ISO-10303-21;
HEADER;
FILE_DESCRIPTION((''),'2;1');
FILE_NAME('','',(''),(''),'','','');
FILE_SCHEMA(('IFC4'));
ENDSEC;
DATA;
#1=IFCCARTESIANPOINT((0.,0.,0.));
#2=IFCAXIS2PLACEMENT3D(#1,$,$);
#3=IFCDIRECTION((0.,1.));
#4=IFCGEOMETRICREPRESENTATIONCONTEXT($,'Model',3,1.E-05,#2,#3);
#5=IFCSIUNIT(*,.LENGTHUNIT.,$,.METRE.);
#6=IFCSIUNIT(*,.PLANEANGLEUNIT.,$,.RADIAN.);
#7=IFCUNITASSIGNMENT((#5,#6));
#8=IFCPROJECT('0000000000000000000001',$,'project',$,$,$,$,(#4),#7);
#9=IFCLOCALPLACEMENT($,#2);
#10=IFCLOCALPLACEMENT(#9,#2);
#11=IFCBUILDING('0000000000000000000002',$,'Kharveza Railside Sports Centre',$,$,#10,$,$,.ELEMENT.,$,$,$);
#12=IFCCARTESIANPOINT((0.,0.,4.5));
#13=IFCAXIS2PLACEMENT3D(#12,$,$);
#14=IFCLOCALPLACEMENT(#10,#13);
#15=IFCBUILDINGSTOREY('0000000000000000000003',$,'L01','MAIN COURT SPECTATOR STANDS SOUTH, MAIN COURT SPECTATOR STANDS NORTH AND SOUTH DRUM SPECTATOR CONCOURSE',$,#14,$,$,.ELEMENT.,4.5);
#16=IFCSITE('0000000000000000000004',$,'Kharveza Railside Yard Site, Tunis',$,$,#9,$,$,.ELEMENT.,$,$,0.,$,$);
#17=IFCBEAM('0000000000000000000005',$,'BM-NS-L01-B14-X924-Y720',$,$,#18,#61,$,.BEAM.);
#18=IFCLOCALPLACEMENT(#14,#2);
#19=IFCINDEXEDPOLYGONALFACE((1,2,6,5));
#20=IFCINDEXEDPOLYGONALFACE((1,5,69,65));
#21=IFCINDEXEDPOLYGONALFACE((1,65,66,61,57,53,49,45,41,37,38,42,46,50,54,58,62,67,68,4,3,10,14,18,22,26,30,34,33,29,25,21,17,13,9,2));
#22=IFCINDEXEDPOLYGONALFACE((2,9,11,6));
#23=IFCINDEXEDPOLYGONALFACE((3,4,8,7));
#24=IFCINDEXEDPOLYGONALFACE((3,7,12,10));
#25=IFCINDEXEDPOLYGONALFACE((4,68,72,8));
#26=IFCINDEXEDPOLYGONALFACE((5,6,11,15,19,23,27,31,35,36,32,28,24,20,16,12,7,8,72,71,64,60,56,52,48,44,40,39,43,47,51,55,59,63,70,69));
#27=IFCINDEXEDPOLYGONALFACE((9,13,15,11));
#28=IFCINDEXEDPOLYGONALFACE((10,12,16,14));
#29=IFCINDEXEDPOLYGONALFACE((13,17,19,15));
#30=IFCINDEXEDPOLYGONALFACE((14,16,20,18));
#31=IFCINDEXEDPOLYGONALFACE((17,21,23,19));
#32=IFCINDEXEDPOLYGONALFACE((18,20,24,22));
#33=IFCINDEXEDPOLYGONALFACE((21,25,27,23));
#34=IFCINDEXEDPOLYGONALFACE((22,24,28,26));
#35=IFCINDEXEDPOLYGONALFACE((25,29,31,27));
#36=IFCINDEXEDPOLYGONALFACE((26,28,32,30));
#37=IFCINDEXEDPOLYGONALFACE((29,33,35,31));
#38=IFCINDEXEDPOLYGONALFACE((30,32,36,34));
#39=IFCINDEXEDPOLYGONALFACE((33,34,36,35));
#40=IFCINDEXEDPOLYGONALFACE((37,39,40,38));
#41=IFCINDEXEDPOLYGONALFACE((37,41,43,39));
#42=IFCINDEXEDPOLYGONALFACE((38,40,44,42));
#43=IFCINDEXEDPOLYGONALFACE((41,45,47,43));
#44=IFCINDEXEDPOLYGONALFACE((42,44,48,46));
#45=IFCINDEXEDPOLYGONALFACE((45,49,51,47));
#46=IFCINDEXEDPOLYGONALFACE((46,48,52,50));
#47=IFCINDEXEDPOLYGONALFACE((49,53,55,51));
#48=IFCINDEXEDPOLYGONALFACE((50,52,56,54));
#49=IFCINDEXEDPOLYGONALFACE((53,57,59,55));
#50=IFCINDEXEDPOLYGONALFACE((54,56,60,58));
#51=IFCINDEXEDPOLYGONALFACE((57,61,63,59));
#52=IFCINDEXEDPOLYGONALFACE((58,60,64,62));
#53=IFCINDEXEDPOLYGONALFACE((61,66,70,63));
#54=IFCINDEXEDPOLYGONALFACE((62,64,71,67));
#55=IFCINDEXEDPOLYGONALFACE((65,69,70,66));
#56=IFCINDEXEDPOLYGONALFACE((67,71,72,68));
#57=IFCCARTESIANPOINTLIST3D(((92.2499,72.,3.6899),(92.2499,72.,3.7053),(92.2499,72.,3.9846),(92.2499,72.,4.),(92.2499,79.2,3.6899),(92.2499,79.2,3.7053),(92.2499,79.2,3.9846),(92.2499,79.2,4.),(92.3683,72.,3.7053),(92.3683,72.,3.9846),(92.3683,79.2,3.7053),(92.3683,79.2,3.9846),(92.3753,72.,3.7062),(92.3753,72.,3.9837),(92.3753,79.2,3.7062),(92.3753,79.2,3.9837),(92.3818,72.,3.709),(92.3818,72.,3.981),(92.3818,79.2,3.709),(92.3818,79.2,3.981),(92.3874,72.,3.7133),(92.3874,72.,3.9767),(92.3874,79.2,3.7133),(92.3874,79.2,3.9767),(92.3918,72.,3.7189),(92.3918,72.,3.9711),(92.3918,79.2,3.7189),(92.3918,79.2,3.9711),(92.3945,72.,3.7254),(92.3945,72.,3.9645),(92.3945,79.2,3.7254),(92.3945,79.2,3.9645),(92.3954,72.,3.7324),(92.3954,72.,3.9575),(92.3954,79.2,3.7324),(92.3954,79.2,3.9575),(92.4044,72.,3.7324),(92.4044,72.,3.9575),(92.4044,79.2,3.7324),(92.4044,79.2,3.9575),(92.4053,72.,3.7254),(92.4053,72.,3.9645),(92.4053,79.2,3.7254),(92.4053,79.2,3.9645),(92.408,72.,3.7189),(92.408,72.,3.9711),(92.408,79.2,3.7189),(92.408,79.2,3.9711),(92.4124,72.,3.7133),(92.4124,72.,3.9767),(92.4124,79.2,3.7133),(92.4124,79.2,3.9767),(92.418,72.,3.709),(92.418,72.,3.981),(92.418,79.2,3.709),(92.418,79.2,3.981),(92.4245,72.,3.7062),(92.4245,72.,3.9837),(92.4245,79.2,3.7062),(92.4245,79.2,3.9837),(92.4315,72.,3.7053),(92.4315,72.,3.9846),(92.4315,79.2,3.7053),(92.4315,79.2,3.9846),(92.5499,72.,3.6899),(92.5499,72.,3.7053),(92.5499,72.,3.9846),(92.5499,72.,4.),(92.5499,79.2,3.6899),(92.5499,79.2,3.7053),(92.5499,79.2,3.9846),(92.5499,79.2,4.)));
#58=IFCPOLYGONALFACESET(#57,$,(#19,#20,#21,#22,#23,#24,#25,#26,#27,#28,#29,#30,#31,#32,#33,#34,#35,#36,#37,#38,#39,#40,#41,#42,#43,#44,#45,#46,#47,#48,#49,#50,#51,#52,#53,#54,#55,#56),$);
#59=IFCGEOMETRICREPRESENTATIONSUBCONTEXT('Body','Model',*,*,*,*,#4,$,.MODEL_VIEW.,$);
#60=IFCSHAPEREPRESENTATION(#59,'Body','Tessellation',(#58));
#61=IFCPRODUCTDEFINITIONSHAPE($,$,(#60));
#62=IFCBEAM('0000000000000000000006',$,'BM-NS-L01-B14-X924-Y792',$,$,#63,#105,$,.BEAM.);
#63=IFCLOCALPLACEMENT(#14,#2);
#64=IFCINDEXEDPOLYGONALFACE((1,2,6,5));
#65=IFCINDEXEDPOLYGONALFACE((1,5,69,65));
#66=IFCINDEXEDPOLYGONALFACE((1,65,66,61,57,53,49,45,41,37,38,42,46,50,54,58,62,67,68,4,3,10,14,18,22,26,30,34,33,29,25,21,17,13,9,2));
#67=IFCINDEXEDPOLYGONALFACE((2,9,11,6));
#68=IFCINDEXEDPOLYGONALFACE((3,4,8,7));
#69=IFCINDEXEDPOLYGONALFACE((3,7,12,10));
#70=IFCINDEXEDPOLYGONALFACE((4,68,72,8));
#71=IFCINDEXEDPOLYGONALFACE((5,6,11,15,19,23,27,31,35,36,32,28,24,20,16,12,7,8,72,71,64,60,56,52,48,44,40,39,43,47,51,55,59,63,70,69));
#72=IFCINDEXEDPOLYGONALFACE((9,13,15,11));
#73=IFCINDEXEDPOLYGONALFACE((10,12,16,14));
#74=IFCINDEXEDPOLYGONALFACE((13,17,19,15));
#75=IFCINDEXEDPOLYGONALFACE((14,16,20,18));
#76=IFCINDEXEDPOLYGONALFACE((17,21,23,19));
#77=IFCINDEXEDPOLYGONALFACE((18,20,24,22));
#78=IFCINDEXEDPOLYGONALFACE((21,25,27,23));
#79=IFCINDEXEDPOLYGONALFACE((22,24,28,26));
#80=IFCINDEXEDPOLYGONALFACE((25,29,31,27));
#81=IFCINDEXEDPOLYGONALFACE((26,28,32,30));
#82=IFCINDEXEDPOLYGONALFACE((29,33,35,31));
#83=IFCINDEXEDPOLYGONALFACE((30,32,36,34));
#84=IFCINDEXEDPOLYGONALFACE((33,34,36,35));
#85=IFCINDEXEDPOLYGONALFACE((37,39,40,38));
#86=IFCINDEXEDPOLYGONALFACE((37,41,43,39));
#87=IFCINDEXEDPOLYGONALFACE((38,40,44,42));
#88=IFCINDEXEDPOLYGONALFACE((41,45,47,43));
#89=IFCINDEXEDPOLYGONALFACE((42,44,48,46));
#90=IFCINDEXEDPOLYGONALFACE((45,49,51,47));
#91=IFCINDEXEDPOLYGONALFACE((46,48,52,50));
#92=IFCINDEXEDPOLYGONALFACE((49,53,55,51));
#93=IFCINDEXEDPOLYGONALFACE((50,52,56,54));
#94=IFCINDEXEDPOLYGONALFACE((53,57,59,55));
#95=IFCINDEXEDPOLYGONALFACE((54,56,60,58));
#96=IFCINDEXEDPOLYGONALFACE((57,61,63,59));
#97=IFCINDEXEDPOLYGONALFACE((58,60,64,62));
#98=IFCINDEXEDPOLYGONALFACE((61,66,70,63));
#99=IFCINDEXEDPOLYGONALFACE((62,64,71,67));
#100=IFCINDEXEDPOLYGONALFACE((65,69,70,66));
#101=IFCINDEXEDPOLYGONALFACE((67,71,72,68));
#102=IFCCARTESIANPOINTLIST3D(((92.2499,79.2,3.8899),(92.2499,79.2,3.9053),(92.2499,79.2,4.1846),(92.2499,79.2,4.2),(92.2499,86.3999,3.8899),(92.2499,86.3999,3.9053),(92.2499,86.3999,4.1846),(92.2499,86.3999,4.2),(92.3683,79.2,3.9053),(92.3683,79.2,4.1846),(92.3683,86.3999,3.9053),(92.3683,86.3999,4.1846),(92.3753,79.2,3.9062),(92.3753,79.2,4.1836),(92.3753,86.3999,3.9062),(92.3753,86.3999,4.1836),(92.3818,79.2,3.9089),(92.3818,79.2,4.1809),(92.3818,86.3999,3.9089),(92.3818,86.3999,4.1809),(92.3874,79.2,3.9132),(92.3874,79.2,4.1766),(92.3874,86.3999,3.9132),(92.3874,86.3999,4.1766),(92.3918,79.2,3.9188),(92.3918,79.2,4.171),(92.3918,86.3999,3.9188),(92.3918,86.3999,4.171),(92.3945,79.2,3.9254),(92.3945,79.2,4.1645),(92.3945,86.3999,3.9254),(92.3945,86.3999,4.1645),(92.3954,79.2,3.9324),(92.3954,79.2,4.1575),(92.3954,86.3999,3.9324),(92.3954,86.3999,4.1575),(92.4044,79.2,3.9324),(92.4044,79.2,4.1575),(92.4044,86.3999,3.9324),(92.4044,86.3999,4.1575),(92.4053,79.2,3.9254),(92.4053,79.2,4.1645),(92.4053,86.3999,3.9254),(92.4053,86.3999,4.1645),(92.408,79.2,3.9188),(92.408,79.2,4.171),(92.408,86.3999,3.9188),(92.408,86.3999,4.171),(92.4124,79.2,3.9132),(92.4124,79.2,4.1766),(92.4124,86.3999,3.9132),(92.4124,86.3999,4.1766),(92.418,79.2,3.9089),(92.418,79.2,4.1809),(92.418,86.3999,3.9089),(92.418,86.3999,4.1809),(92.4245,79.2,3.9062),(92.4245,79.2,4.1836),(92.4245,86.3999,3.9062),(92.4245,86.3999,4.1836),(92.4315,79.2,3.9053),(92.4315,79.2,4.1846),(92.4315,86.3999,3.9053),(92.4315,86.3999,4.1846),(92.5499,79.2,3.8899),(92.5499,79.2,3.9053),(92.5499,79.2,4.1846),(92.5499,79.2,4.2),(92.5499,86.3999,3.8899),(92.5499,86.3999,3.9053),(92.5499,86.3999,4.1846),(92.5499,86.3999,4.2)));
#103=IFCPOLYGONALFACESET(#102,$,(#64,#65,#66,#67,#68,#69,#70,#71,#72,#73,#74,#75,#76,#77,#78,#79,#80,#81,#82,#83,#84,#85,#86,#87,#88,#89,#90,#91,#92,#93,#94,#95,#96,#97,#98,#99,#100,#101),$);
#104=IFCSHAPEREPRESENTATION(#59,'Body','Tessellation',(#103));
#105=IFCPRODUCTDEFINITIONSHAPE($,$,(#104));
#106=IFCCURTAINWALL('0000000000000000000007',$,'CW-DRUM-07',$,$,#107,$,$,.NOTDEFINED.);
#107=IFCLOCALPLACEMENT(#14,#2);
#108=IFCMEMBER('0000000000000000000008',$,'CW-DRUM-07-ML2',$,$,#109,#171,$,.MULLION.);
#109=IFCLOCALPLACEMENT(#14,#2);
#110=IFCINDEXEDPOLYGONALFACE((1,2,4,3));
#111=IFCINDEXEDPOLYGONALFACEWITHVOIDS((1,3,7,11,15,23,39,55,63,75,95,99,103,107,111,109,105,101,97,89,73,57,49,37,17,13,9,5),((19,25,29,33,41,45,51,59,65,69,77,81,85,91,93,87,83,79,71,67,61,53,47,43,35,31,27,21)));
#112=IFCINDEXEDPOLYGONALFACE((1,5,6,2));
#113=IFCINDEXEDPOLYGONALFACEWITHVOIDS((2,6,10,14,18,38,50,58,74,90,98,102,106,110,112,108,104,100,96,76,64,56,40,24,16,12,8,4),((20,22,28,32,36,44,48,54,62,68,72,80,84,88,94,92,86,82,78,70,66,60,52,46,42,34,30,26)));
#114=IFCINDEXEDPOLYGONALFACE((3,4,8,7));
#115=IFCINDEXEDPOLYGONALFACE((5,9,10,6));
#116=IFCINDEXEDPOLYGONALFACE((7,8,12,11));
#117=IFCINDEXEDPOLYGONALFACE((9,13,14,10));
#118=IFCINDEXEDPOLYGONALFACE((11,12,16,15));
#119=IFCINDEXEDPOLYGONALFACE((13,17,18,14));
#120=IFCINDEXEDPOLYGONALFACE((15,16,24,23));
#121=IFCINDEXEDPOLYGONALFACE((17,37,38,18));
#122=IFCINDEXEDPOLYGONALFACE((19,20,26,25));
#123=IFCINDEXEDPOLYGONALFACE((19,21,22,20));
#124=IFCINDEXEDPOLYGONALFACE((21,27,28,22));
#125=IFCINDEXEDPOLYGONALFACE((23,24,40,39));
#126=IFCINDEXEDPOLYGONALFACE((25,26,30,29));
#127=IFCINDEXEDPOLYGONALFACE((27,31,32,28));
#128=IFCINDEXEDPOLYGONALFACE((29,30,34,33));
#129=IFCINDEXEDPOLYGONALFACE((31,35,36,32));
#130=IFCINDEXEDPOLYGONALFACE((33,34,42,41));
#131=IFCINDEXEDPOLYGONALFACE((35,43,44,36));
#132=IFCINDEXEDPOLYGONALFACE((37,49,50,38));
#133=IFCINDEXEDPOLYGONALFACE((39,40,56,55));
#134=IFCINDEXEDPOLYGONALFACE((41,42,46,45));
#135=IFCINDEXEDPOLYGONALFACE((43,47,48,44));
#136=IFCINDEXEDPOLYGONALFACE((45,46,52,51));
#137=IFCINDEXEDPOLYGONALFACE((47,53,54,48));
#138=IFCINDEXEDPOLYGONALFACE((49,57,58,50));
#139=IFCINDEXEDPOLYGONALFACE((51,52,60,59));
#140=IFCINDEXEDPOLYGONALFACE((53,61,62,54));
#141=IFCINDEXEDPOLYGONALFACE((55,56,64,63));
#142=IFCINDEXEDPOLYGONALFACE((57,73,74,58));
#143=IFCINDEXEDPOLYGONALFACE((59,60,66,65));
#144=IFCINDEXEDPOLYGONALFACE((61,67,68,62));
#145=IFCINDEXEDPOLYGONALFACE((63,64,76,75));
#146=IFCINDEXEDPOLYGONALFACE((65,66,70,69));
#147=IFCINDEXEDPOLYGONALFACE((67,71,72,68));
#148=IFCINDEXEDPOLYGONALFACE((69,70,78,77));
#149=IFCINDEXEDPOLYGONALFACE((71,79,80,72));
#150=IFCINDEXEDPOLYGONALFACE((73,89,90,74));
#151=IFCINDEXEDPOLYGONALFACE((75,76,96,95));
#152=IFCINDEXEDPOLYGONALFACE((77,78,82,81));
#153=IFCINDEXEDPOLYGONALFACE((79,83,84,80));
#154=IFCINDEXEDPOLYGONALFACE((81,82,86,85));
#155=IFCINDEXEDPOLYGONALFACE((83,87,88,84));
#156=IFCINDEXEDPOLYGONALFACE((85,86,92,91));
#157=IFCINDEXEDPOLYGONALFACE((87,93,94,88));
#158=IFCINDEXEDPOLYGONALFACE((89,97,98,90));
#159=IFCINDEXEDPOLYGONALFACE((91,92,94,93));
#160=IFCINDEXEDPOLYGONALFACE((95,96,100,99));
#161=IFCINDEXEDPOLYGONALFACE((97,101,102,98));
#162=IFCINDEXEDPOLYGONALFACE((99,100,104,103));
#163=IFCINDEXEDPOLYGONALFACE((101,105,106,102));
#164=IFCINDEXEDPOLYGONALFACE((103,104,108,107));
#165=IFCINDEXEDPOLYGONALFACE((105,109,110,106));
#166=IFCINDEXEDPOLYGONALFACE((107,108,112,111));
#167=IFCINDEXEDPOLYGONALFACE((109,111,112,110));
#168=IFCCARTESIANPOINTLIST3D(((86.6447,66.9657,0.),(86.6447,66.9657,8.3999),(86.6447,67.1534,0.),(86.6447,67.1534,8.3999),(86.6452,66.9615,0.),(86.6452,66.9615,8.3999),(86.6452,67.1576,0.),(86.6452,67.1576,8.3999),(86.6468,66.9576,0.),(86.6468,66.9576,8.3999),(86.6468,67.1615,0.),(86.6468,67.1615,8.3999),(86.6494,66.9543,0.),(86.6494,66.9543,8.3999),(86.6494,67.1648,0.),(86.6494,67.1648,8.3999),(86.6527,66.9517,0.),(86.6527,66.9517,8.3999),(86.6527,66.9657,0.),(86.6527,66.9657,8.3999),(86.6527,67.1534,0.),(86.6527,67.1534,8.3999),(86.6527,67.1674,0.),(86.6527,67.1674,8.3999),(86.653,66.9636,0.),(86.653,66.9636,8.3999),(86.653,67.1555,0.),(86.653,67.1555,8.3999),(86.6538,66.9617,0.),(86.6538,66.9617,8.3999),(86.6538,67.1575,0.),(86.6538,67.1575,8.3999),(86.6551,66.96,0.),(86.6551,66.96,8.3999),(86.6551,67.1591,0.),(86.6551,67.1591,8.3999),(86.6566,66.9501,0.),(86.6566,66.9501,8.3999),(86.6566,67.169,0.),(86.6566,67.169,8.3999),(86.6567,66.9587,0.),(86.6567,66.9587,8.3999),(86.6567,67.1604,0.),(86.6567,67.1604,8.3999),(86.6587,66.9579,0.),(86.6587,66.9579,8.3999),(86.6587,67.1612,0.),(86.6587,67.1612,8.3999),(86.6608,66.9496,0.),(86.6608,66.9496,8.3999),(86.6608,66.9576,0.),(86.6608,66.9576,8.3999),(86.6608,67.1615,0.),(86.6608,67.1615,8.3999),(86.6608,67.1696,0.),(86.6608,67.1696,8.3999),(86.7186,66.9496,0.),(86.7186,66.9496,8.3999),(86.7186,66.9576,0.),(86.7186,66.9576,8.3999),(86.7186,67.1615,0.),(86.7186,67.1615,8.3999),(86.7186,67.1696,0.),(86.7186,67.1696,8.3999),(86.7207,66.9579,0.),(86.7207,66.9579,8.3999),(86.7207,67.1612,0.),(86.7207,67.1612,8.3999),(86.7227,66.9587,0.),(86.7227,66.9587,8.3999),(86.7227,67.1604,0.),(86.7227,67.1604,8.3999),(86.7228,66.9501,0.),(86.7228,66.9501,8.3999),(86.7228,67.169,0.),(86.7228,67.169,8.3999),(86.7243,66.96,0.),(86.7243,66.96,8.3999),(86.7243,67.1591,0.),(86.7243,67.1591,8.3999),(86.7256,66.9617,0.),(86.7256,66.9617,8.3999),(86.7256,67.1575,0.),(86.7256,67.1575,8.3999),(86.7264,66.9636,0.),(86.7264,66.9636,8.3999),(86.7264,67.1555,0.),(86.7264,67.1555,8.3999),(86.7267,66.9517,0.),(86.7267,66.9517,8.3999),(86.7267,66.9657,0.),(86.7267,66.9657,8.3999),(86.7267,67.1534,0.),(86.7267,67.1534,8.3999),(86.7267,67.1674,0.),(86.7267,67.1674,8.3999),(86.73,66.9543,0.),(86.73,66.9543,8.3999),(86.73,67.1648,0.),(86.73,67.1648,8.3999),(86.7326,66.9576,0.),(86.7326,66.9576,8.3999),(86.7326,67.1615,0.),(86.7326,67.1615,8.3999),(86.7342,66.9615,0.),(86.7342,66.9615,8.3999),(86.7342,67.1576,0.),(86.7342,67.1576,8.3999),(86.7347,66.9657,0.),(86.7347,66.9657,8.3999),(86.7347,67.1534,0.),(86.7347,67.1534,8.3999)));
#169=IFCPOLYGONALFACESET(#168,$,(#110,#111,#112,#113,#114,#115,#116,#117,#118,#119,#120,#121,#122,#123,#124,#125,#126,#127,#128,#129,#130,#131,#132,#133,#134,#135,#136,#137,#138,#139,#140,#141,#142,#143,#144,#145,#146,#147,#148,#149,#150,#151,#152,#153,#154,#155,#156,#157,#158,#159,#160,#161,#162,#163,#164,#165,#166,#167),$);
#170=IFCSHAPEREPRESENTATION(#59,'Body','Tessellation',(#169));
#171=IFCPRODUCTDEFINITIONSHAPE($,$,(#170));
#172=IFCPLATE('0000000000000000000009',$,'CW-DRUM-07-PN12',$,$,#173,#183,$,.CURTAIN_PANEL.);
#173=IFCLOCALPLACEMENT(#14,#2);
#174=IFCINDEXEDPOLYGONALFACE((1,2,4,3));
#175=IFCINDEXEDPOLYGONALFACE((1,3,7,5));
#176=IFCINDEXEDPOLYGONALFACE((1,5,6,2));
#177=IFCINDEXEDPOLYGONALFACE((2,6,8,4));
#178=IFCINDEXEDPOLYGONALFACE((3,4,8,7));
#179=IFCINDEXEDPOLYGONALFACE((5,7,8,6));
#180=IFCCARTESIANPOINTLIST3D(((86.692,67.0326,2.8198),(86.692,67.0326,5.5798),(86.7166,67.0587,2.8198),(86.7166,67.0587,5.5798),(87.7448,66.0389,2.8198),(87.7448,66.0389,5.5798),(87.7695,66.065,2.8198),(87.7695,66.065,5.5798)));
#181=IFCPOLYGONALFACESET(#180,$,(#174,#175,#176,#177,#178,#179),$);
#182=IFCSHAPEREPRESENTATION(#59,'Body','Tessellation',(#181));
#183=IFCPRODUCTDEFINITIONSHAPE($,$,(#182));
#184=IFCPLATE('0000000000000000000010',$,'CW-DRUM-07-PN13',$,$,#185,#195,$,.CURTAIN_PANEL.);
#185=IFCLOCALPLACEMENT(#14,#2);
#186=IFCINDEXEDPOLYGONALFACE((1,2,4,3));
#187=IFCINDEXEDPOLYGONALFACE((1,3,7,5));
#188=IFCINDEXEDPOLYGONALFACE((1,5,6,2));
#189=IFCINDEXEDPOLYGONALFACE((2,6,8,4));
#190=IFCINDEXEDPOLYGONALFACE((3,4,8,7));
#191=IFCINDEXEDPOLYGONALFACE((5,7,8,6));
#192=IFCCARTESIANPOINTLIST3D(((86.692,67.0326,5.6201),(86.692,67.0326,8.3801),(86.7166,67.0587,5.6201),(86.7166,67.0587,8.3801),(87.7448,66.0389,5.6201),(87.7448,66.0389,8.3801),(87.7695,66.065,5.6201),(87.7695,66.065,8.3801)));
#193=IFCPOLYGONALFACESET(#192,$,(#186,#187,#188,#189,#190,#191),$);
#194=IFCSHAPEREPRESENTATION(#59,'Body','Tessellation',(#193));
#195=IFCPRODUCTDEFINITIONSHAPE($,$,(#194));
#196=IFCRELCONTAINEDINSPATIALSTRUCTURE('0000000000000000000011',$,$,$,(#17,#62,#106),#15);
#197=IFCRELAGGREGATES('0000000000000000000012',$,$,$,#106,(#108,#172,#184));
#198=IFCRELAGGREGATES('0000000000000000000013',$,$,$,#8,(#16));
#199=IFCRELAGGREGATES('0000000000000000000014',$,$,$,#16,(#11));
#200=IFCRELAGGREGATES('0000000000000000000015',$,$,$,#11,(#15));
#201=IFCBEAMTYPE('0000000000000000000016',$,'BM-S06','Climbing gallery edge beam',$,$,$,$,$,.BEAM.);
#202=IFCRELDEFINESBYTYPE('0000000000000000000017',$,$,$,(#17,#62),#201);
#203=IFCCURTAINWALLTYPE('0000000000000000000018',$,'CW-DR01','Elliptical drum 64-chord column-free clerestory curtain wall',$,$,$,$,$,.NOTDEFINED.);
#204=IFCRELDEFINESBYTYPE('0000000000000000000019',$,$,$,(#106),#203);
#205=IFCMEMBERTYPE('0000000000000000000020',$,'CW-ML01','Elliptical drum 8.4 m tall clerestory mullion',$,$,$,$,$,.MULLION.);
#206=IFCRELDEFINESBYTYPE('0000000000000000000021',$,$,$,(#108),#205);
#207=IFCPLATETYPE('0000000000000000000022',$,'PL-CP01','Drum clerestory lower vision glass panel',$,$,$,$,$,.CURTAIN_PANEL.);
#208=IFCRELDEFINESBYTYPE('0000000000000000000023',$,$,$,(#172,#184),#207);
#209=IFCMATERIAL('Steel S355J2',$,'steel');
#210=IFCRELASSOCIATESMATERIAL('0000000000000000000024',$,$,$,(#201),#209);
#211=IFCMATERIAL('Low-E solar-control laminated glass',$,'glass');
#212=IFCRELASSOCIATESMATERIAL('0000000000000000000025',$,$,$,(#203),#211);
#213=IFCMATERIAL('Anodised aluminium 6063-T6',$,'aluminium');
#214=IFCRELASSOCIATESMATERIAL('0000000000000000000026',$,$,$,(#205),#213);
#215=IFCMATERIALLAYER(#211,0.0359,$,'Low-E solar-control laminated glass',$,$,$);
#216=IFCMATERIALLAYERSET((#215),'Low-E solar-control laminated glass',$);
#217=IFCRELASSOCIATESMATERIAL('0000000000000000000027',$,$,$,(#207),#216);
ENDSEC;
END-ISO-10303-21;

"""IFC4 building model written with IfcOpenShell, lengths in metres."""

from ifc_helpers import new_model, si_unit, direction, frame, origin, origin_2d, place, context, subcontext, project, spatial, rectangle, hollow_rectangle, i_section, extrude, material, layer, layer_set, material_profile, profile_set, type_object, element, aggregate, save


model = new_model("IFC4")

# Units and contexts
model_context = context("Model", 3, precision=1e-05, world=origin(), true_north=direction((0.0, 1.0)))
body_context = subcontext(model_context, "Body", "Model", "MODEL_VIEW")
ifc_project = project(units=[si_unit("LENGTHUNIT", "METRE"), si_unit("PLANEANGLEUNIT", "RADIAN")], contexts=[model_context])

# Site, building, storey
site_placement = place(None, origin())
site = spatial("IfcSite", under=ifc_project, at=site_placement, Name="Kharveza Railside Yard Site, Tunis", CompositionType="ELEMENT", RefElevation=0.0)
building_placement = place(site_placement, origin())
building = spatial("IfcBuilding", under=site, at=building_placement, Name="Kharveza Railside Sports Centre", CompositionType="ELEMENT")
storey_placement = place(building_placement, frame((0.0, 0.0, 4.5)))
storey = spatial("IfcBuildingStorey", under=building, at=storey_placement, Name="L01", Description="MAIN COURT SPECTATOR STANDS SOUTH, MAIN COURT SPECTATOR STANDS NORTH AND SOUTH DRUM SPECTATOR CONCOURSE", CompositionType="ELEMENT", Elevation=4.5)

# Shared definitions
ifc_material_1 = material(Name="Steel S355J2", Category="steel")

# Beams
ifc_material_profile_1 = material_profile(ifc_material_1, i_section(OverallWidth=0.3, OverallDepth=0.3101, WebThickness=0.009, FlangeThickness=0.0154, FilletRadius=0.0271, at=origin_2d()), Name="HEA 320")
ifc_profile_set_1 = profile_set([ifc_material_profile_1], Name="Steel S355J2")
beam_type_1 = type_object("IfcBeamType", Name="BM-S06", Description="Climbing gallery edge beam", PredefinedType="BEAM", material=ifc_profile_set_1)
for number, where, z_axis, x_axis, name in (
    (1, (92.3999, 72.0, 3.845), (0.0, 1.0, 0.0), (-1.0, 0.0, 0.0), "BM-NS-L01-B14-X924-Y720"),
    (2, (92.3999, 79.2, 4.0449), (0.0, 1.0, 0.0), (-1.0, 0.0, 0.0), "BM-NS-L01-B14-X924-Y792"),
):
    element("IfcBeam", number, at=place(storey_placement, frame(where, z_axis=z_axis, x_axis=x_axis)), inside=storey, type_object=beam_type_1, Name=name, PredefinedType="BEAM", context=body_context, shape_type="SweptSolid", body=[
        extrude(i_section(OverallWidth=0.3, OverallDepth=0.3101, WebThickness=0.009, FlangeThickness=0.0154, FilletRadius=0.0271, at=origin_2d()), origin(), (0.0, 0.0, 1.0), 7.2),
    ])

# Curtain wall, member, plates
ifc_material_2 = material(Name="Low-E solar-control laminated glass", Category="glass")
curtain_wall_type = type_object("IfcCurtainWallType", Name="CW-DR01", Description="Elliptical drum 64-chord column-free clerestory curtain wall", PredefinedType="NOTDEFINED", material=ifc_material_2)
curtain_wall_placement = place(storey_placement, origin())
curtain_wall = element("IfcCurtainWall", 3, at=curtain_wall_placement, inside=storey, type_object=curtain_wall_type, Name="CW-DRUM-07", PredefinedType="NOTDEFINED")
ifc_material_3 = material(Name="Anodised aluminium 6063-T6", Category="aluminium")
ifc_material_profile_2 = material_profile(ifc_material_3, hollow_rectangle(XDim=0.0901, YDim=0.22, WallThickness=0.0081, InnerFilletRadius=0.0081, OuterFilletRadius=0.0161, at=origin_2d()), Name="RHS 90x220x8.0")
ifc_profile_set_2 = profile_set([ifc_material_profile_2], Name="Anodised aluminium 6063-T6")
member_type = type_object("IfcMemberType", Name="CW-ML01", Description="Elliptical drum 8.4 m tall clerestory mullion", PredefinedType="MULLION", material=ifc_profile_set_2)
member_placement = place(storey_placement, frame((86.6897, 67.0596, 0.0), z_axis=(0.0, 0.0, 1.0), x_axis=(1.0, 0.0, 0.0)))
member = element("IfcMember", 4, at=member_placement, type_object=member_type, Name="CW-DRUM-07-ML2", PredefinedType="MULLION", context=body_context, shape_type="SweptSolid", body=[
    extrude(hollow_rectangle(XDim=0.0901, YDim=0.22, WallThickness=0.0081, InnerFilletRadius=0.0081, OuterFilletRadius=0.0161, at=origin_2d()), origin(), (0.0, 0.0, 1.0), 8.3999),
])
ifc_layer_1 = layer(ifc_material_2, 0.0359, Name="Low-E solar-control laminated glass")
ifc_layer_set_1 = layer_set([ifc_layer_1], Name="Low-E solar-control laminated glass")
plate_type = type_object("IfcPlateType", Name="PL-CP01", Description="Drum clerestory lower vision glass panel", PredefinedType="CURTAIN_PANEL", material=ifc_layer_set_1)
plate_1_placement = place(storey_placement, frame((87.2307, 66.5488, 2.8198), z_axis=(0.0, 0.0, 1.0), x_axis=(-0.727234, 0.68639, 0.0)))
plate_1 = element("IfcPlate", 5, at=plate_1_placement, type_object=plate_type, Name="CW-DRUM-07-PN12", PredefinedType="CURTAIN_PANEL", context=body_context, shape_type="SweptSolid", body=[
    extrude(rectangle(XDim=1.4478, YDim=0.0359, at=origin_2d()), origin(), (0.0, 0.0, 1.0), 2.76),
])
plate_2_placement = place(storey_placement, frame((87.2307, 66.5488, 5.6201), z_axis=(0.0, 0.0, 1.0), x_axis=(-0.727234, 0.68639, 0.0)))
plate_2 = element("IfcPlate", 6, at=plate_2_placement, type_object=plate_type, Name="CW-DRUM-07-PN13", PredefinedType="CURTAIN_PANEL", context=body_context, shape_type="SweptSolid", body=[
    extrude(rectangle(XDim=1.4478, YDim=0.0359, at=origin_2d()), origin(), (0.0, 0.0, 1.0), 2.76),
])
aggregate(curtain_wall, [member, plate_1, plate_2])

save(model, "model.ifc")
